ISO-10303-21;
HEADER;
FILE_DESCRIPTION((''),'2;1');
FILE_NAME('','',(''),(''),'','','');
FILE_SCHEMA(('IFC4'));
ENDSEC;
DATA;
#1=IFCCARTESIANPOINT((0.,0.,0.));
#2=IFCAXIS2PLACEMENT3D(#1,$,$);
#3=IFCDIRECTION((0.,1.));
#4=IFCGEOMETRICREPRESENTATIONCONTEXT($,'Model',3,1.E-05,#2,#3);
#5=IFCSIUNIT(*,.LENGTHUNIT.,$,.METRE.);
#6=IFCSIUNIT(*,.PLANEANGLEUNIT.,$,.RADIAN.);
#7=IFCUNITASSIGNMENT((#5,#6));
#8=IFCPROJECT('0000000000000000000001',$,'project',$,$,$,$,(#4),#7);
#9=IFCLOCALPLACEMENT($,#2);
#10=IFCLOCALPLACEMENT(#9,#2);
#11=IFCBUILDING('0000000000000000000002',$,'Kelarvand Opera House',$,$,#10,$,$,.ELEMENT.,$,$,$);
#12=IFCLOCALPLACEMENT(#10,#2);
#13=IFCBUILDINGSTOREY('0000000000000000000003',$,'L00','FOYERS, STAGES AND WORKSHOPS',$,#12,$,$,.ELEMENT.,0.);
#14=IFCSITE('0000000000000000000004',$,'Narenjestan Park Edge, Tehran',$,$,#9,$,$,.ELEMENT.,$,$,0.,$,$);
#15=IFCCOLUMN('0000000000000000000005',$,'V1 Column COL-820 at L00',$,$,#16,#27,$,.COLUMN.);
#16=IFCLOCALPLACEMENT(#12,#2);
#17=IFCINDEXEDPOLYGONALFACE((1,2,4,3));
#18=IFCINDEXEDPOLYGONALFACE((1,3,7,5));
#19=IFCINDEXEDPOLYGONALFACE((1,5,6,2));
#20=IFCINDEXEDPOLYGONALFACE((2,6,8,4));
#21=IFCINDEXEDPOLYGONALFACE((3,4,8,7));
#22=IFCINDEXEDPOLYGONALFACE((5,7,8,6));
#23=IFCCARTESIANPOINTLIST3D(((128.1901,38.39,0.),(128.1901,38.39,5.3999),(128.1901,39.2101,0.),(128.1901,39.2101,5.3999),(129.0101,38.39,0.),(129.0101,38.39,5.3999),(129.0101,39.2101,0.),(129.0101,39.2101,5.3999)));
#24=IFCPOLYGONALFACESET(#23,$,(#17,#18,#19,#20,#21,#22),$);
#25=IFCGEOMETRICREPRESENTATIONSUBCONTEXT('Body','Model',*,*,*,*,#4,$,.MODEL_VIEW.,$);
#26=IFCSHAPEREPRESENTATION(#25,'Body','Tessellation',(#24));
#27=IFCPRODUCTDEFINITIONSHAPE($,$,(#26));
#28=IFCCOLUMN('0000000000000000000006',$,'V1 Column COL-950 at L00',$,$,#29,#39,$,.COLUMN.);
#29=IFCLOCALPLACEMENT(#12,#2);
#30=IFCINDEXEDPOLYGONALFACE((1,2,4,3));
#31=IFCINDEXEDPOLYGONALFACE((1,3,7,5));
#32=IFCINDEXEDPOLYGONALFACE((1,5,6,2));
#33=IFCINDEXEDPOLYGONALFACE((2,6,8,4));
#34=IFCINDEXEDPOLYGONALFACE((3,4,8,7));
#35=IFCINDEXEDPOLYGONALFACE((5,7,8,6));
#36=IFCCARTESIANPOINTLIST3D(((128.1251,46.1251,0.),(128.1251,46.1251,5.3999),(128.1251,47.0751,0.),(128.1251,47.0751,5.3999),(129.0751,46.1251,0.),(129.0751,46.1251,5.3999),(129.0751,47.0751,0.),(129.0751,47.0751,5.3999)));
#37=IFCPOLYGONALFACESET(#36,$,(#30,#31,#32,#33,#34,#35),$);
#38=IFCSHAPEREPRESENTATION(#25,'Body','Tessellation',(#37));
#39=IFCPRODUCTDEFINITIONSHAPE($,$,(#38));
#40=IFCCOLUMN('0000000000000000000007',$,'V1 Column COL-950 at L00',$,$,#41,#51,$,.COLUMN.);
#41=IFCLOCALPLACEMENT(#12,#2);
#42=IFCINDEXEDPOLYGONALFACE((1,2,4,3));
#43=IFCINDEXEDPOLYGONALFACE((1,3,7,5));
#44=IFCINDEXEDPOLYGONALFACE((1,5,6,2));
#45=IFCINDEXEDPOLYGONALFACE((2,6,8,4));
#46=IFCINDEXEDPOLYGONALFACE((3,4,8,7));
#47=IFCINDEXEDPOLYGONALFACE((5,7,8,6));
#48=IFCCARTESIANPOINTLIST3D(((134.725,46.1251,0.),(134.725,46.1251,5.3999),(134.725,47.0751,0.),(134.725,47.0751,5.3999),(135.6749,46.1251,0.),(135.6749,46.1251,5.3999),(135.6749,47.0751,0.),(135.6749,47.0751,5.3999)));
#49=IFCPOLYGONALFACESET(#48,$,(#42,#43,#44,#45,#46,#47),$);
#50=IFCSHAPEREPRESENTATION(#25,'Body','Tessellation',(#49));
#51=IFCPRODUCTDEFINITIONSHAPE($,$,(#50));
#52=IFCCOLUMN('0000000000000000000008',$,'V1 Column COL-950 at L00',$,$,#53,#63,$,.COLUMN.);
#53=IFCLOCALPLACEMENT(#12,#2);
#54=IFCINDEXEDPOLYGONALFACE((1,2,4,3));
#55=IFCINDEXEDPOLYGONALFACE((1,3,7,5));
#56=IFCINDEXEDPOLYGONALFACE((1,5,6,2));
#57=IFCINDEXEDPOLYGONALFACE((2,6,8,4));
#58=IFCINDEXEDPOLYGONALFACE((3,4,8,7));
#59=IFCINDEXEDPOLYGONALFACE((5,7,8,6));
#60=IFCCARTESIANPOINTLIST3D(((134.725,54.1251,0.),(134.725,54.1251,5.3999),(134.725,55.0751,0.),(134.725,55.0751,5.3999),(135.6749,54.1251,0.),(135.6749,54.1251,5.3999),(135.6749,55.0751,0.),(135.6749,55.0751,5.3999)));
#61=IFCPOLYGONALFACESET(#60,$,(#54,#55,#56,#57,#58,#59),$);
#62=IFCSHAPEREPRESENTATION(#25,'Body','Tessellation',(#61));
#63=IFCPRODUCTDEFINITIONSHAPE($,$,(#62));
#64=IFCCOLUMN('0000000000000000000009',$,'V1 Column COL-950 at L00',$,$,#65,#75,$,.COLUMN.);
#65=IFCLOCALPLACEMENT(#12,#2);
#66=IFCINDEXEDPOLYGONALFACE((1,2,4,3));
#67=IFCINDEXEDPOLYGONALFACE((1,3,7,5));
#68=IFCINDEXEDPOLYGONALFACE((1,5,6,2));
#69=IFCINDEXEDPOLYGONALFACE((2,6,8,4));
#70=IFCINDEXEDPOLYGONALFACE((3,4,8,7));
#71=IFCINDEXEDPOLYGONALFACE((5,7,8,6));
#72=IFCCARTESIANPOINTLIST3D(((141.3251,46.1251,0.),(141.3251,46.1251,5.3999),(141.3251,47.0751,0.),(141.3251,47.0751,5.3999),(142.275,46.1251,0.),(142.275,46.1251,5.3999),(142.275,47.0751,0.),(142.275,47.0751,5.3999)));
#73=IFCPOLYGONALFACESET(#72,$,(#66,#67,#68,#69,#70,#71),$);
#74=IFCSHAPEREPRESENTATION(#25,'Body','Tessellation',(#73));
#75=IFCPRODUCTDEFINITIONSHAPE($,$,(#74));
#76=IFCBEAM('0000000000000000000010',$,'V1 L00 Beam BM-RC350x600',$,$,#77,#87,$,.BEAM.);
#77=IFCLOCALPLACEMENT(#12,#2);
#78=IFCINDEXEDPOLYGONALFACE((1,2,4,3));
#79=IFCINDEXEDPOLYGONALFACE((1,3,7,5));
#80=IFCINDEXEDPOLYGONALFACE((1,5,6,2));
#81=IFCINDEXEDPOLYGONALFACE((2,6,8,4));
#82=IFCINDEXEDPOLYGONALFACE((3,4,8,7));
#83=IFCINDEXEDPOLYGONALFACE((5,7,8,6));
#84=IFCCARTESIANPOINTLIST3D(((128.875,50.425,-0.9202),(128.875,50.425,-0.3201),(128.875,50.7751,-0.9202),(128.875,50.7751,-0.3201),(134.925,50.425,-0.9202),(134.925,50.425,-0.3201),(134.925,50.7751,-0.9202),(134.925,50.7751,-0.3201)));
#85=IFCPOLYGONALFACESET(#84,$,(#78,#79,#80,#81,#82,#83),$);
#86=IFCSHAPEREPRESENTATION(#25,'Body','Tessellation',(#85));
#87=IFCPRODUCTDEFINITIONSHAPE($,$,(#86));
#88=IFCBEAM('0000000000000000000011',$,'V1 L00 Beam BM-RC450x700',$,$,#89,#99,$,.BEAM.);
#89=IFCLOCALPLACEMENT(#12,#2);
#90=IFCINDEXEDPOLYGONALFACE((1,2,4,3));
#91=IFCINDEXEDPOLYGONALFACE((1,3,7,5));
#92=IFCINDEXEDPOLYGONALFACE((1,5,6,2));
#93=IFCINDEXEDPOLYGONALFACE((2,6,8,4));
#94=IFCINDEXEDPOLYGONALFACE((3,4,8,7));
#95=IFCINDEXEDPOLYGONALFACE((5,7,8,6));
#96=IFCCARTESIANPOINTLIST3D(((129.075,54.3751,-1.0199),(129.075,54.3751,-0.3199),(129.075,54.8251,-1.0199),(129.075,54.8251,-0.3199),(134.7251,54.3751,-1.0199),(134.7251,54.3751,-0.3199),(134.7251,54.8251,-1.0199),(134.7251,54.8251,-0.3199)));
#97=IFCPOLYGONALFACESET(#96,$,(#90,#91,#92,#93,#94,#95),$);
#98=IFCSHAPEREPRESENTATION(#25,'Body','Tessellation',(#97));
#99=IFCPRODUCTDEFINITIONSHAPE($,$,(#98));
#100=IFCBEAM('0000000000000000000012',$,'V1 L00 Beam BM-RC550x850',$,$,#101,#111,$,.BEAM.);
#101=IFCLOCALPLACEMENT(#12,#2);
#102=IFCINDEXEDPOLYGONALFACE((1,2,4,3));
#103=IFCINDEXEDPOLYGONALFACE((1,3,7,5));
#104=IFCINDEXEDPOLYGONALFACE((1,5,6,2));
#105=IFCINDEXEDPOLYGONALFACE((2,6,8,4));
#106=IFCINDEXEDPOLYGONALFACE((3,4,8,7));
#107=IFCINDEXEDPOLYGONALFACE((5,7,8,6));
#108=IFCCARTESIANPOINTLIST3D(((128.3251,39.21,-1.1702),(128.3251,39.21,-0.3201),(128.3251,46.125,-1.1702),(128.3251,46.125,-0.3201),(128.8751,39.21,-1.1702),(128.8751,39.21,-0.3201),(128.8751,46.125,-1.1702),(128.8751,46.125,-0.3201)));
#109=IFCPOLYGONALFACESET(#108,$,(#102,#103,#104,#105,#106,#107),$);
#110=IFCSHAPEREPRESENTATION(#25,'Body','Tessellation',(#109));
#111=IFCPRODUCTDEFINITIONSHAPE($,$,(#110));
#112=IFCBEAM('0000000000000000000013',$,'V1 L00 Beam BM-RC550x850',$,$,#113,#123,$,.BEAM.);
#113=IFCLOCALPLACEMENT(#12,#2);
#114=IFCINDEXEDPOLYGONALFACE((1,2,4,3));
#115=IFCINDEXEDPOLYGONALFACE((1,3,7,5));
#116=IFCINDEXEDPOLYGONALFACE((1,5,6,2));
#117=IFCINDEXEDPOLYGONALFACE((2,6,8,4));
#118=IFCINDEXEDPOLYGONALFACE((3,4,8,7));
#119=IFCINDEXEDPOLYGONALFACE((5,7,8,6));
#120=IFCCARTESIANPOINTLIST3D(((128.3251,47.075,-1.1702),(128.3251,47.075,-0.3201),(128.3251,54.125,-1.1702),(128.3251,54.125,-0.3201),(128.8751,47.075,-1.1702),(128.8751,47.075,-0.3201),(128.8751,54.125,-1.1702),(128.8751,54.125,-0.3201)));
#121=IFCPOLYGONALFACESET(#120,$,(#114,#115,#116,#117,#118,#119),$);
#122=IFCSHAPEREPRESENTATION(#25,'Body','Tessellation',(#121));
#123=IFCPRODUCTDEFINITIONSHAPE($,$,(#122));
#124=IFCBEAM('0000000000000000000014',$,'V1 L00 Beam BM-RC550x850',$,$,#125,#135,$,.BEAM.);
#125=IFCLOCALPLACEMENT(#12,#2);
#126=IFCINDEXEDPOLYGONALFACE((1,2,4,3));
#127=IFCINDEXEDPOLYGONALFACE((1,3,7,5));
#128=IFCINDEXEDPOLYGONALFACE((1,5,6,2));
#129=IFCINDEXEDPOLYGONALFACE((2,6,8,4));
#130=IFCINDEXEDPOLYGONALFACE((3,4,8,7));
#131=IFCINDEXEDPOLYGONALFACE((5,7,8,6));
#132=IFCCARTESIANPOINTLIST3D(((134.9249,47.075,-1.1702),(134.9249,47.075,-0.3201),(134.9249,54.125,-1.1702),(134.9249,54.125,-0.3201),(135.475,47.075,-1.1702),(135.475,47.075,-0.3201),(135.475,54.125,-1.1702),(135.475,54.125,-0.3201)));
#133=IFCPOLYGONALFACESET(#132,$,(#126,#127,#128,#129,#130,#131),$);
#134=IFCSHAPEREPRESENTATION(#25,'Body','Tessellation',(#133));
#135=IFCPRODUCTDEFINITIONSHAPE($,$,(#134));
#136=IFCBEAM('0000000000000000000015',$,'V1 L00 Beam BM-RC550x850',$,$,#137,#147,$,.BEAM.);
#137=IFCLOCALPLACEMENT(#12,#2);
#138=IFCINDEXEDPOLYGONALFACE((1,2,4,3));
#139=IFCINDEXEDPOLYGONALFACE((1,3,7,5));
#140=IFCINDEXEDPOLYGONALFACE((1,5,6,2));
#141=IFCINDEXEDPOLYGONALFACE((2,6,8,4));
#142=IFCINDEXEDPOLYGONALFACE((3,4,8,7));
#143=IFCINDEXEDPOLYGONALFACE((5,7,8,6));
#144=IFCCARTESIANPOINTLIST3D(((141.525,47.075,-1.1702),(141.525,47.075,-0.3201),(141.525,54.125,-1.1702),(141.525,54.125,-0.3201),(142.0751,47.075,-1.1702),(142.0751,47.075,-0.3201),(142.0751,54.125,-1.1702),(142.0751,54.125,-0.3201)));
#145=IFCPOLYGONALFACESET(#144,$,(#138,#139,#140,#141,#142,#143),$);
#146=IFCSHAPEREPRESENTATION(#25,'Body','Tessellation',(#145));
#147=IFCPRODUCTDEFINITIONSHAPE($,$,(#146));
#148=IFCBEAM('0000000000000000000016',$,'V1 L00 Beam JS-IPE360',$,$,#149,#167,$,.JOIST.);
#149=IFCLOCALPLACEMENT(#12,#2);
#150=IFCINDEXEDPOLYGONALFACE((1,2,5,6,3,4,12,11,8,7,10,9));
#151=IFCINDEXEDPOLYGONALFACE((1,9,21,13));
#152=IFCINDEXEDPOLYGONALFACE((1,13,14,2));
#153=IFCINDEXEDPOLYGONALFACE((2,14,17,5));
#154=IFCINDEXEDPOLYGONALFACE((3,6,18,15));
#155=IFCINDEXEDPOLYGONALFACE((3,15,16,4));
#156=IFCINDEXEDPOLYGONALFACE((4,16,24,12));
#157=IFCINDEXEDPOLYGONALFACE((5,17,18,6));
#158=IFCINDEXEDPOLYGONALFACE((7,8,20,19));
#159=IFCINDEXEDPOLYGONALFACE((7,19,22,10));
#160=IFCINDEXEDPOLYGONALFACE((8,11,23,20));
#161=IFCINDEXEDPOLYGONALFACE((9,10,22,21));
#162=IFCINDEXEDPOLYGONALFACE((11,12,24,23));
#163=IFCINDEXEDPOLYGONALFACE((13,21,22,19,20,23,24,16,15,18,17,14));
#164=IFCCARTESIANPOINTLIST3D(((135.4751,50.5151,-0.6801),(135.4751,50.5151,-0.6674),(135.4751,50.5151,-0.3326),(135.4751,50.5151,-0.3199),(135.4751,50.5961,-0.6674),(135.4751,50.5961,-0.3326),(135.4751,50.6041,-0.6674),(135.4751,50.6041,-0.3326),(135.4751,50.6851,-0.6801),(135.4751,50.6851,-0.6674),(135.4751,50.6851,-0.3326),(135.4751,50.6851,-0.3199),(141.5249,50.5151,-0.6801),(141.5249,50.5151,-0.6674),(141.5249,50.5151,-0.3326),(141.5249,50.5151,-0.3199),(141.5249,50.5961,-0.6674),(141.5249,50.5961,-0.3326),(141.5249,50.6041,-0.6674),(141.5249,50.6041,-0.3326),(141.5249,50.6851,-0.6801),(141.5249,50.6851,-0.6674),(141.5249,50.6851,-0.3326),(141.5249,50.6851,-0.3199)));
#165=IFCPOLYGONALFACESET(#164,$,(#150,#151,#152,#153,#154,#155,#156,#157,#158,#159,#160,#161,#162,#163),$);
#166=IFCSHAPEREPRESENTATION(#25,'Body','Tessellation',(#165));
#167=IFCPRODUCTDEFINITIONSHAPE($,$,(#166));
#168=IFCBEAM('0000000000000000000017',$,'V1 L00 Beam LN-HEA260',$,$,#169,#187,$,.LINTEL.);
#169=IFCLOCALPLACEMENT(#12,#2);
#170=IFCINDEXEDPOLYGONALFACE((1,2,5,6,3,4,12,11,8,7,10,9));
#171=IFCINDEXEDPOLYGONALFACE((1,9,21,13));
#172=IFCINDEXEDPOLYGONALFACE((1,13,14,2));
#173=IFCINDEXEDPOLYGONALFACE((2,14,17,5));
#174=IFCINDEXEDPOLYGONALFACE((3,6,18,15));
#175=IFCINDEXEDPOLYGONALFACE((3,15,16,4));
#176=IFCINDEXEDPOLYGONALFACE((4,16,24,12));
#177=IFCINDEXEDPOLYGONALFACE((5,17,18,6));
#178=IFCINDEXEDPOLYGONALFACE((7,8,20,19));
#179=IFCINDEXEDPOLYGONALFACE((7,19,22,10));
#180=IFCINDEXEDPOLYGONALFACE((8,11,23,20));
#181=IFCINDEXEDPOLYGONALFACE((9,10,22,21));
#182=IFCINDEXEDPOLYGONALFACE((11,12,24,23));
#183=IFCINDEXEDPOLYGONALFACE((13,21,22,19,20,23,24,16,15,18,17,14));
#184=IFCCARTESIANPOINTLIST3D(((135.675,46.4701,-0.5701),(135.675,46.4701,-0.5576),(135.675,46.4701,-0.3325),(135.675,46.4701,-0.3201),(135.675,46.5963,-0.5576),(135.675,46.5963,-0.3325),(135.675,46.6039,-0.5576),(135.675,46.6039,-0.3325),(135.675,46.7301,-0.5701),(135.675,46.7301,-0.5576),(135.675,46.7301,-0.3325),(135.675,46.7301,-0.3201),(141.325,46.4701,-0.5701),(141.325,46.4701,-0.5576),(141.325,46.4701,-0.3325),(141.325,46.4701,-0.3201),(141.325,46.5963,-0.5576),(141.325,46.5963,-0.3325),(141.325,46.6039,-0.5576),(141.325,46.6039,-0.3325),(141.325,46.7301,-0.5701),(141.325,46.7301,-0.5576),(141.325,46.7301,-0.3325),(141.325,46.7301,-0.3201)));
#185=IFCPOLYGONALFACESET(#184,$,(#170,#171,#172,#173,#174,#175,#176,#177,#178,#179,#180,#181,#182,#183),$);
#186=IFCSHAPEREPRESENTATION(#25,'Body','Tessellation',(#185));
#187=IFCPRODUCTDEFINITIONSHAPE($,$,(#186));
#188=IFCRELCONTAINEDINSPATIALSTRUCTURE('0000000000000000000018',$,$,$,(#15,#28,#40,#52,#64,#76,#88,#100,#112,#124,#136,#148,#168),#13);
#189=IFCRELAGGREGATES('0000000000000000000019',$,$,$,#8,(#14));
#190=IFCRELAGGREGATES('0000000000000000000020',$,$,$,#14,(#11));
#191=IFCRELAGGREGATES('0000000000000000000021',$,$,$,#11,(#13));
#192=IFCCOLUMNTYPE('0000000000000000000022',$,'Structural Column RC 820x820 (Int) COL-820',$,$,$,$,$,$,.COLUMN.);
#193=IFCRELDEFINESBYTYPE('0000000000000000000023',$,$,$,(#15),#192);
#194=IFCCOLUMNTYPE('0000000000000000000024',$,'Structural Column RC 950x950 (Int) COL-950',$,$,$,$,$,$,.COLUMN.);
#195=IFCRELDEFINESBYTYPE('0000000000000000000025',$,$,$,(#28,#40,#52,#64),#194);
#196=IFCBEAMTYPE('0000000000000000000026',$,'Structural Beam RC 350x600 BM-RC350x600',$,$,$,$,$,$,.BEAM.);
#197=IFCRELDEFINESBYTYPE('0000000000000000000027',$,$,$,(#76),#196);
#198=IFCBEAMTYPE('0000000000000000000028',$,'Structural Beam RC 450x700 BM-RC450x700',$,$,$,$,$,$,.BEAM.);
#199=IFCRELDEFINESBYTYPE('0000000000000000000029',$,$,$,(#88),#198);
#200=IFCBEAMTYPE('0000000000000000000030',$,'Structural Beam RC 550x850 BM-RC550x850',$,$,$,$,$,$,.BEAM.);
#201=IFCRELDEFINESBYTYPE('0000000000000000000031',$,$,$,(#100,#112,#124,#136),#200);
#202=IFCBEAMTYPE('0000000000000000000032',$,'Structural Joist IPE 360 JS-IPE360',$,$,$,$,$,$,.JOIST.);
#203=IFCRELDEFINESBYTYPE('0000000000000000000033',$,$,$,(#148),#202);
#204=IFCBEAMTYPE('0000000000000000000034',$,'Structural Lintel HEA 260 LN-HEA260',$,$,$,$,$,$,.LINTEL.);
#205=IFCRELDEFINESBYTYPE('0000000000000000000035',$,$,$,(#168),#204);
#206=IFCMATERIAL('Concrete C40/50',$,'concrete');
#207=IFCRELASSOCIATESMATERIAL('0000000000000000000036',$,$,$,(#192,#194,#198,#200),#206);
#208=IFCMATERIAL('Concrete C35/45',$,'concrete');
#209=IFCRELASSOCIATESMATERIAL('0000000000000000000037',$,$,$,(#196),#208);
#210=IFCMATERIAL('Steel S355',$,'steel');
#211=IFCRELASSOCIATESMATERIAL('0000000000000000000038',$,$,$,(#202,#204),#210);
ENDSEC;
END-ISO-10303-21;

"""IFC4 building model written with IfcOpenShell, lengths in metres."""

from ifc_helpers import new_model, si_unit, direction, frame, origin, origin_2d, place, context, subcontext, project, spatial, rectangle, i_section, extrude, material, material_profile, profile_set, type_object, element, save


model = new_model("IFC4")

# Units and contexts
model_context = context("Model", 3, precision=1e-05, world=origin(), true_north=direction((0.0, 1.0)))
body_context = subcontext(model_context, "Body", "Model", "MODEL_VIEW")
ifc_project = project(units=[si_unit("LENGTHUNIT", "METRE"), si_unit("PLANEANGLEUNIT", "RADIAN")], contexts=[model_context])

# Site, building, storey
site_placement = place(None, origin())
site = spatial("IfcSite", under=ifc_project, at=site_placement, Name="Narenjestan Park Edge, Tehran", CompositionType="ELEMENT", RefElevation=0.0)
building_placement = place(site_placement, origin())
building = spatial("IfcBuilding", under=site, at=building_placement, Name="Kelarvand Opera House", CompositionType="ELEMENT")
storey_placement = place(building_placement, origin())
storey = spatial("IfcBuildingStorey", under=building, at=storey_placement, Name="L00", Description="FOYERS, STAGES AND WORKSHOPS", CompositionType="ELEMENT", Elevation=0.0)

# Columns
ifc_material_1 = material(Name="Concrete C40/50", Category="concrete")
ifc_material_profile_1 = material_profile(ifc_material_1, rectangle(XDim=0.8201, YDim=0.8201, at=origin_2d()), Name="RC 820x820", Category="concrete")
ifc_profile_set_1 = profile_set([ifc_material_profile_1], Name="Concrete C40/50")
column_type_1 = type_object("IfcColumnType", Name="Structural Column RC 820x820 (Int) COL-820", PredefinedType="COLUMN", material=ifc_profile_set_1)
column_placement = place(storey_placement, frame((128.6001, 38.8, 0.0), z_axis=(0.0, 0.0, 1.0), x_axis=(1.0, 0.0, 0.0)))
element("IfcColumn", 1, at=column_placement, inside=storey, type_object=column_type_1, Name="V1 Column COL-820 at L00", PredefinedType="COLUMN", context=body_context, shape_type="SweptSolid", body=[
    extrude(rectangle(XDim=0.8201, YDim=0.8201, at=origin_2d()), origin(), (0.0, 0.0, 1.0), 5.3999),
])
ifc_material_profile_2 = material_profile(ifc_material_1, rectangle(XDim=0.95, YDim=0.95, at=origin_2d()), Name="RC 950x950", Category="concrete")
ifc_profile_set_2 = profile_set([ifc_material_profile_2], Name="Concrete C40/50")
column_type_2 = type_object("IfcColumnType", Name="Structural Column RC 950x950 (Int) COL-950", PredefinedType="COLUMN", material=ifc_profile_set_2)
for number, where, z_axis, x_axis, name in (
    (2, (128.6001, 46.6001, 0.0), (0.0, 0.0, 1.0), (1.0, 0.0, 0.0), "V1 Column COL-950 at L00"),
    (3, (135.2, 46.6001, 0.0), (0.0, 0.0, 1.0), (1.0, 0.0, 0.0), "V1 Column COL-950 at L00"),
    (4, (135.2, 54.6001, 0.0), (0.0, 0.0, 1.0), (1.0, 0.0, 0.0), "V1 Column COL-950 at L00"),
    (5, (141.8, 46.6001, 0.0), (0.0, 0.0, 1.0), (1.0, 0.0, 0.0), "V1 Column COL-950 at L00"),
):
    element("IfcColumn", number, at=place(storey_placement, frame(where, z_axis=z_axis, x_axis=x_axis)), inside=storey, type_object=column_type_2, Name=name, PredefinedType="COLUMN", context=body_context, shape_type="SweptSolid", body=[
        extrude(rectangle(XDim=0.95, YDim=0.95, at=origin_2d()), origin(), (0.0, 0.0, 1.0), 5.3999),
    ])

# Beams
ifc_material_2 = material(Name="Concrete C35/45", Category="concrete")
ifc_material_profile_3 = material_profile(ifc_material_2, rectangle(XDim=0.3501, YDim=0.6001, at=origin_2d()), Name="RC 350x600", Category="concrete")
ifc_profile_set_3 = profile_set([ifc_material_profile_3], Name="Concrete C35/45")
beam_type_1 = type_object("IfcBeamType", Name="Structural Beam RC 350x600 BM-RC350x600", PredefinedType="BEAM", material=ifc_profile_set_3)
beam_1_placement = place(storey_placement, frame((128.875, 50.6001, -0.6201), z_axis=(1.0, 0.0, 0.0), x_axis=(0.0, 1.0, 0.0)))
element("IfcBeam", 6, at=beam_1_placement, inside=storey, type_object=beam_type_1, Name="V1 L00 Beam BM-RC350x600", PredefinedType="BEAM", context=body_context, shape_type="SweptSolid", body=[
    extrude(rectangle(XDim=0.3501, YDim=0.6001, at=origin_2d()), origin(), (0.0, 0.0, 1.0), 6.05),
])
ifc_material_profile_4 = material_profile(ifc_material_1, rectangle(XDim=0.45, YDim=0.7, at=origin_2d()), Name="RC 450x700", Category="concrete")
ifc_profile_set_4 = profile_set([ifc_material_profile_4], Name="Concrete C40/50")
beam_type_2 = type_object("IfcBeamType", Name="Structural Beam RC 450x700 BM-RC450x700", PredefinedType="BEAM", material=ifc_profile_set_4)
beam_2_placement = place(storey_placement, frame((129.075, 54.6001, -0.6699), z_axis=(1.0, 0.0, 0.0), x_axis=(0.0, 1.0, 0.0)))
element("IfcBeam", 7, at=beam_2_placement, inside=storey, type_object=beam_type_2, Name="V1 L00 Beam BM-RC450x700", PredefinedType="BEAM", context=body_context, shape_type="SweptSolid", body=[
    extrude(rectangle(XDim=0.45, YDim=0.7, at=origin_2d()), origin(), (0.0, 0.0, 1.0), 5.6501),
])
ifc_material_profile_5 = material_profile(ifc_material_1, rectangle(XDim=0.55, YDim=0.8501, at=origin_2d()), Name="RC 550x850", Category="concrete")
ifc_profile_set_5 = profile_set([ifc_material_profile_5], Name="Concrete C40/50")
beam_type_3 = type_object("IfcBeamType", Name="Structural Beam RC 550x850 BM-RC550x850", PredefinedType="BEAM", material=ifc_profile_set_5)
beam_3_placement = place(storey_placement, frame((128.6001, 39.21, -0.7451), z_axis=(0.0, 1.0, 0.0), x_axis=(-1.0, 0.0, 0.0)))
element("IfcBeam", 8, at=beam_3_placement, inside=storey, type_object=beam_type_3, Name="V1 L00 Beam BM-RC550x850", PredefinedType="BEAM", context=body_context, shape_type="SweptSolid", body=[
    extrude(rectangle(XDim=0.55, YDim=0.8501, at=origin_2d()), origin(), (0.0, 0.0, 1.0), 6.915),
])
for number, where, z_axis, x_axis, name in (
    (9, (128.6001, 47.075, -0.7451), (0.0, 1.0, 0.0), (-1.0, 0.0, 0.0), "V1 L00 Beam BM-RC550x850"),
    (10, (135.2, 47.075, -0.7451), (0.0, 1.0, 0.0), (-1.0, 0.0, 0.0), "V1 L00 Beam BM-RC550x850"),
    (11, (141.8, 47.075, -0.7451), (0.0, 1.0, 0.0), (-1.0, 0.0, 0.0), "V1 L00 Beam BM-RC550x850"),
):
    element("IfcBeam", number, at=place(storey_placement, frame(where, z_axis=z_axis, x_axis=x_axis)), inside=storey, type_object=beam_type_3, Name=name, PredefinedType="BEAM", context=body_context, shape_type="SweptSolid", body=[
        extrude(rectangle(XDim=0.55, YDim=0.8501, at=origin_2d()), origin(), (0.0, 0.0, 1.0), 7.05),
    ])
ifc_material_3 = material(Name="Steel S355", Category="steel")
ifc_material_profile_6 = material_profile(ifc_material_3, i_section(OverallWidth=0.1699, OverallDepth=0.3601, WebThickness=0.0081, FlangeThickness=0.0127, at=origin_2d()), Name="IPE 360", Category="steel")
ifc_profile_set_6 = profile_set([ifc_material_profile_6], Name="Steel S355")
beam_type_4 = type_object("IfcBeamType", Name="Structural Joist IPE 360 JS-IPE360", PredefinedType="JOIST", material=ifc_profile_set_6)
beam_4_placement = place(storey_placement, frame((135.4751, 50.6001, -0.5), z_axis=(1.0, 0.0, 0.0), x_axis=(0.0, 1.0, 0.0)))
element("IfcBeam", 12, at=beam_4_placement, inside=storey, type_object=beam_type_4, Name="V1 L00 Beam JS-IPE360", PredefinedType="JOIST", context=body_context, shape_type="SweptSolid", body=[
    extrude(i_section(OverallWidth=0.1699, OverallDepth=0.3601, WebThickness=0.0081, FlangeThickness=0.0127, at=origin_2d()), origin(), (0.0, 0.0, 1.0), 6.0498),
])
ifc_material_profile_7 = material_profile(ifc_material_3, i_section(OverallWidth=0.26, OverallDepth=0.25, WebThickness=0.0076, FlangeThickness=0.0125, at=origin_2d()), Name="HEA 260", Category="steel")
ifc_profile_set_7 = profile_set([ifc_material_profile_7], Name="Steel S355")
beam_type_5 = type_object("IfcBeamType", Name="Structural Lintel HEA 260 LN-HEA260", PredefinedType="LINTEL", material=ifc_profile_set_7)
beam_5_placement = place(storey_placement, frame((135.675, 46.6001, -0.4451), z_axis=(1.0, 0.0, 0.0), x_axis=(0.0, 1.0, 0.0)))
element("IfcBeam", 13, at=beam_5_placement, inside=storey, type_object=beam_type_5, Name="V1 L00 Beam LN-HEA260", PredefinedType="LINTEL", context=body_context, shape_type="SweptSolid", body=[
    extrude(i_section(OverallWidth=0.26, OverallDepth=0.25, WebThickness=0.0076, FlangeThickness=0.0125, at=origin_2d()), origin(), (0.0, 0.0, 1.0), 5.6499),
])

save(model, "model.ifc")
